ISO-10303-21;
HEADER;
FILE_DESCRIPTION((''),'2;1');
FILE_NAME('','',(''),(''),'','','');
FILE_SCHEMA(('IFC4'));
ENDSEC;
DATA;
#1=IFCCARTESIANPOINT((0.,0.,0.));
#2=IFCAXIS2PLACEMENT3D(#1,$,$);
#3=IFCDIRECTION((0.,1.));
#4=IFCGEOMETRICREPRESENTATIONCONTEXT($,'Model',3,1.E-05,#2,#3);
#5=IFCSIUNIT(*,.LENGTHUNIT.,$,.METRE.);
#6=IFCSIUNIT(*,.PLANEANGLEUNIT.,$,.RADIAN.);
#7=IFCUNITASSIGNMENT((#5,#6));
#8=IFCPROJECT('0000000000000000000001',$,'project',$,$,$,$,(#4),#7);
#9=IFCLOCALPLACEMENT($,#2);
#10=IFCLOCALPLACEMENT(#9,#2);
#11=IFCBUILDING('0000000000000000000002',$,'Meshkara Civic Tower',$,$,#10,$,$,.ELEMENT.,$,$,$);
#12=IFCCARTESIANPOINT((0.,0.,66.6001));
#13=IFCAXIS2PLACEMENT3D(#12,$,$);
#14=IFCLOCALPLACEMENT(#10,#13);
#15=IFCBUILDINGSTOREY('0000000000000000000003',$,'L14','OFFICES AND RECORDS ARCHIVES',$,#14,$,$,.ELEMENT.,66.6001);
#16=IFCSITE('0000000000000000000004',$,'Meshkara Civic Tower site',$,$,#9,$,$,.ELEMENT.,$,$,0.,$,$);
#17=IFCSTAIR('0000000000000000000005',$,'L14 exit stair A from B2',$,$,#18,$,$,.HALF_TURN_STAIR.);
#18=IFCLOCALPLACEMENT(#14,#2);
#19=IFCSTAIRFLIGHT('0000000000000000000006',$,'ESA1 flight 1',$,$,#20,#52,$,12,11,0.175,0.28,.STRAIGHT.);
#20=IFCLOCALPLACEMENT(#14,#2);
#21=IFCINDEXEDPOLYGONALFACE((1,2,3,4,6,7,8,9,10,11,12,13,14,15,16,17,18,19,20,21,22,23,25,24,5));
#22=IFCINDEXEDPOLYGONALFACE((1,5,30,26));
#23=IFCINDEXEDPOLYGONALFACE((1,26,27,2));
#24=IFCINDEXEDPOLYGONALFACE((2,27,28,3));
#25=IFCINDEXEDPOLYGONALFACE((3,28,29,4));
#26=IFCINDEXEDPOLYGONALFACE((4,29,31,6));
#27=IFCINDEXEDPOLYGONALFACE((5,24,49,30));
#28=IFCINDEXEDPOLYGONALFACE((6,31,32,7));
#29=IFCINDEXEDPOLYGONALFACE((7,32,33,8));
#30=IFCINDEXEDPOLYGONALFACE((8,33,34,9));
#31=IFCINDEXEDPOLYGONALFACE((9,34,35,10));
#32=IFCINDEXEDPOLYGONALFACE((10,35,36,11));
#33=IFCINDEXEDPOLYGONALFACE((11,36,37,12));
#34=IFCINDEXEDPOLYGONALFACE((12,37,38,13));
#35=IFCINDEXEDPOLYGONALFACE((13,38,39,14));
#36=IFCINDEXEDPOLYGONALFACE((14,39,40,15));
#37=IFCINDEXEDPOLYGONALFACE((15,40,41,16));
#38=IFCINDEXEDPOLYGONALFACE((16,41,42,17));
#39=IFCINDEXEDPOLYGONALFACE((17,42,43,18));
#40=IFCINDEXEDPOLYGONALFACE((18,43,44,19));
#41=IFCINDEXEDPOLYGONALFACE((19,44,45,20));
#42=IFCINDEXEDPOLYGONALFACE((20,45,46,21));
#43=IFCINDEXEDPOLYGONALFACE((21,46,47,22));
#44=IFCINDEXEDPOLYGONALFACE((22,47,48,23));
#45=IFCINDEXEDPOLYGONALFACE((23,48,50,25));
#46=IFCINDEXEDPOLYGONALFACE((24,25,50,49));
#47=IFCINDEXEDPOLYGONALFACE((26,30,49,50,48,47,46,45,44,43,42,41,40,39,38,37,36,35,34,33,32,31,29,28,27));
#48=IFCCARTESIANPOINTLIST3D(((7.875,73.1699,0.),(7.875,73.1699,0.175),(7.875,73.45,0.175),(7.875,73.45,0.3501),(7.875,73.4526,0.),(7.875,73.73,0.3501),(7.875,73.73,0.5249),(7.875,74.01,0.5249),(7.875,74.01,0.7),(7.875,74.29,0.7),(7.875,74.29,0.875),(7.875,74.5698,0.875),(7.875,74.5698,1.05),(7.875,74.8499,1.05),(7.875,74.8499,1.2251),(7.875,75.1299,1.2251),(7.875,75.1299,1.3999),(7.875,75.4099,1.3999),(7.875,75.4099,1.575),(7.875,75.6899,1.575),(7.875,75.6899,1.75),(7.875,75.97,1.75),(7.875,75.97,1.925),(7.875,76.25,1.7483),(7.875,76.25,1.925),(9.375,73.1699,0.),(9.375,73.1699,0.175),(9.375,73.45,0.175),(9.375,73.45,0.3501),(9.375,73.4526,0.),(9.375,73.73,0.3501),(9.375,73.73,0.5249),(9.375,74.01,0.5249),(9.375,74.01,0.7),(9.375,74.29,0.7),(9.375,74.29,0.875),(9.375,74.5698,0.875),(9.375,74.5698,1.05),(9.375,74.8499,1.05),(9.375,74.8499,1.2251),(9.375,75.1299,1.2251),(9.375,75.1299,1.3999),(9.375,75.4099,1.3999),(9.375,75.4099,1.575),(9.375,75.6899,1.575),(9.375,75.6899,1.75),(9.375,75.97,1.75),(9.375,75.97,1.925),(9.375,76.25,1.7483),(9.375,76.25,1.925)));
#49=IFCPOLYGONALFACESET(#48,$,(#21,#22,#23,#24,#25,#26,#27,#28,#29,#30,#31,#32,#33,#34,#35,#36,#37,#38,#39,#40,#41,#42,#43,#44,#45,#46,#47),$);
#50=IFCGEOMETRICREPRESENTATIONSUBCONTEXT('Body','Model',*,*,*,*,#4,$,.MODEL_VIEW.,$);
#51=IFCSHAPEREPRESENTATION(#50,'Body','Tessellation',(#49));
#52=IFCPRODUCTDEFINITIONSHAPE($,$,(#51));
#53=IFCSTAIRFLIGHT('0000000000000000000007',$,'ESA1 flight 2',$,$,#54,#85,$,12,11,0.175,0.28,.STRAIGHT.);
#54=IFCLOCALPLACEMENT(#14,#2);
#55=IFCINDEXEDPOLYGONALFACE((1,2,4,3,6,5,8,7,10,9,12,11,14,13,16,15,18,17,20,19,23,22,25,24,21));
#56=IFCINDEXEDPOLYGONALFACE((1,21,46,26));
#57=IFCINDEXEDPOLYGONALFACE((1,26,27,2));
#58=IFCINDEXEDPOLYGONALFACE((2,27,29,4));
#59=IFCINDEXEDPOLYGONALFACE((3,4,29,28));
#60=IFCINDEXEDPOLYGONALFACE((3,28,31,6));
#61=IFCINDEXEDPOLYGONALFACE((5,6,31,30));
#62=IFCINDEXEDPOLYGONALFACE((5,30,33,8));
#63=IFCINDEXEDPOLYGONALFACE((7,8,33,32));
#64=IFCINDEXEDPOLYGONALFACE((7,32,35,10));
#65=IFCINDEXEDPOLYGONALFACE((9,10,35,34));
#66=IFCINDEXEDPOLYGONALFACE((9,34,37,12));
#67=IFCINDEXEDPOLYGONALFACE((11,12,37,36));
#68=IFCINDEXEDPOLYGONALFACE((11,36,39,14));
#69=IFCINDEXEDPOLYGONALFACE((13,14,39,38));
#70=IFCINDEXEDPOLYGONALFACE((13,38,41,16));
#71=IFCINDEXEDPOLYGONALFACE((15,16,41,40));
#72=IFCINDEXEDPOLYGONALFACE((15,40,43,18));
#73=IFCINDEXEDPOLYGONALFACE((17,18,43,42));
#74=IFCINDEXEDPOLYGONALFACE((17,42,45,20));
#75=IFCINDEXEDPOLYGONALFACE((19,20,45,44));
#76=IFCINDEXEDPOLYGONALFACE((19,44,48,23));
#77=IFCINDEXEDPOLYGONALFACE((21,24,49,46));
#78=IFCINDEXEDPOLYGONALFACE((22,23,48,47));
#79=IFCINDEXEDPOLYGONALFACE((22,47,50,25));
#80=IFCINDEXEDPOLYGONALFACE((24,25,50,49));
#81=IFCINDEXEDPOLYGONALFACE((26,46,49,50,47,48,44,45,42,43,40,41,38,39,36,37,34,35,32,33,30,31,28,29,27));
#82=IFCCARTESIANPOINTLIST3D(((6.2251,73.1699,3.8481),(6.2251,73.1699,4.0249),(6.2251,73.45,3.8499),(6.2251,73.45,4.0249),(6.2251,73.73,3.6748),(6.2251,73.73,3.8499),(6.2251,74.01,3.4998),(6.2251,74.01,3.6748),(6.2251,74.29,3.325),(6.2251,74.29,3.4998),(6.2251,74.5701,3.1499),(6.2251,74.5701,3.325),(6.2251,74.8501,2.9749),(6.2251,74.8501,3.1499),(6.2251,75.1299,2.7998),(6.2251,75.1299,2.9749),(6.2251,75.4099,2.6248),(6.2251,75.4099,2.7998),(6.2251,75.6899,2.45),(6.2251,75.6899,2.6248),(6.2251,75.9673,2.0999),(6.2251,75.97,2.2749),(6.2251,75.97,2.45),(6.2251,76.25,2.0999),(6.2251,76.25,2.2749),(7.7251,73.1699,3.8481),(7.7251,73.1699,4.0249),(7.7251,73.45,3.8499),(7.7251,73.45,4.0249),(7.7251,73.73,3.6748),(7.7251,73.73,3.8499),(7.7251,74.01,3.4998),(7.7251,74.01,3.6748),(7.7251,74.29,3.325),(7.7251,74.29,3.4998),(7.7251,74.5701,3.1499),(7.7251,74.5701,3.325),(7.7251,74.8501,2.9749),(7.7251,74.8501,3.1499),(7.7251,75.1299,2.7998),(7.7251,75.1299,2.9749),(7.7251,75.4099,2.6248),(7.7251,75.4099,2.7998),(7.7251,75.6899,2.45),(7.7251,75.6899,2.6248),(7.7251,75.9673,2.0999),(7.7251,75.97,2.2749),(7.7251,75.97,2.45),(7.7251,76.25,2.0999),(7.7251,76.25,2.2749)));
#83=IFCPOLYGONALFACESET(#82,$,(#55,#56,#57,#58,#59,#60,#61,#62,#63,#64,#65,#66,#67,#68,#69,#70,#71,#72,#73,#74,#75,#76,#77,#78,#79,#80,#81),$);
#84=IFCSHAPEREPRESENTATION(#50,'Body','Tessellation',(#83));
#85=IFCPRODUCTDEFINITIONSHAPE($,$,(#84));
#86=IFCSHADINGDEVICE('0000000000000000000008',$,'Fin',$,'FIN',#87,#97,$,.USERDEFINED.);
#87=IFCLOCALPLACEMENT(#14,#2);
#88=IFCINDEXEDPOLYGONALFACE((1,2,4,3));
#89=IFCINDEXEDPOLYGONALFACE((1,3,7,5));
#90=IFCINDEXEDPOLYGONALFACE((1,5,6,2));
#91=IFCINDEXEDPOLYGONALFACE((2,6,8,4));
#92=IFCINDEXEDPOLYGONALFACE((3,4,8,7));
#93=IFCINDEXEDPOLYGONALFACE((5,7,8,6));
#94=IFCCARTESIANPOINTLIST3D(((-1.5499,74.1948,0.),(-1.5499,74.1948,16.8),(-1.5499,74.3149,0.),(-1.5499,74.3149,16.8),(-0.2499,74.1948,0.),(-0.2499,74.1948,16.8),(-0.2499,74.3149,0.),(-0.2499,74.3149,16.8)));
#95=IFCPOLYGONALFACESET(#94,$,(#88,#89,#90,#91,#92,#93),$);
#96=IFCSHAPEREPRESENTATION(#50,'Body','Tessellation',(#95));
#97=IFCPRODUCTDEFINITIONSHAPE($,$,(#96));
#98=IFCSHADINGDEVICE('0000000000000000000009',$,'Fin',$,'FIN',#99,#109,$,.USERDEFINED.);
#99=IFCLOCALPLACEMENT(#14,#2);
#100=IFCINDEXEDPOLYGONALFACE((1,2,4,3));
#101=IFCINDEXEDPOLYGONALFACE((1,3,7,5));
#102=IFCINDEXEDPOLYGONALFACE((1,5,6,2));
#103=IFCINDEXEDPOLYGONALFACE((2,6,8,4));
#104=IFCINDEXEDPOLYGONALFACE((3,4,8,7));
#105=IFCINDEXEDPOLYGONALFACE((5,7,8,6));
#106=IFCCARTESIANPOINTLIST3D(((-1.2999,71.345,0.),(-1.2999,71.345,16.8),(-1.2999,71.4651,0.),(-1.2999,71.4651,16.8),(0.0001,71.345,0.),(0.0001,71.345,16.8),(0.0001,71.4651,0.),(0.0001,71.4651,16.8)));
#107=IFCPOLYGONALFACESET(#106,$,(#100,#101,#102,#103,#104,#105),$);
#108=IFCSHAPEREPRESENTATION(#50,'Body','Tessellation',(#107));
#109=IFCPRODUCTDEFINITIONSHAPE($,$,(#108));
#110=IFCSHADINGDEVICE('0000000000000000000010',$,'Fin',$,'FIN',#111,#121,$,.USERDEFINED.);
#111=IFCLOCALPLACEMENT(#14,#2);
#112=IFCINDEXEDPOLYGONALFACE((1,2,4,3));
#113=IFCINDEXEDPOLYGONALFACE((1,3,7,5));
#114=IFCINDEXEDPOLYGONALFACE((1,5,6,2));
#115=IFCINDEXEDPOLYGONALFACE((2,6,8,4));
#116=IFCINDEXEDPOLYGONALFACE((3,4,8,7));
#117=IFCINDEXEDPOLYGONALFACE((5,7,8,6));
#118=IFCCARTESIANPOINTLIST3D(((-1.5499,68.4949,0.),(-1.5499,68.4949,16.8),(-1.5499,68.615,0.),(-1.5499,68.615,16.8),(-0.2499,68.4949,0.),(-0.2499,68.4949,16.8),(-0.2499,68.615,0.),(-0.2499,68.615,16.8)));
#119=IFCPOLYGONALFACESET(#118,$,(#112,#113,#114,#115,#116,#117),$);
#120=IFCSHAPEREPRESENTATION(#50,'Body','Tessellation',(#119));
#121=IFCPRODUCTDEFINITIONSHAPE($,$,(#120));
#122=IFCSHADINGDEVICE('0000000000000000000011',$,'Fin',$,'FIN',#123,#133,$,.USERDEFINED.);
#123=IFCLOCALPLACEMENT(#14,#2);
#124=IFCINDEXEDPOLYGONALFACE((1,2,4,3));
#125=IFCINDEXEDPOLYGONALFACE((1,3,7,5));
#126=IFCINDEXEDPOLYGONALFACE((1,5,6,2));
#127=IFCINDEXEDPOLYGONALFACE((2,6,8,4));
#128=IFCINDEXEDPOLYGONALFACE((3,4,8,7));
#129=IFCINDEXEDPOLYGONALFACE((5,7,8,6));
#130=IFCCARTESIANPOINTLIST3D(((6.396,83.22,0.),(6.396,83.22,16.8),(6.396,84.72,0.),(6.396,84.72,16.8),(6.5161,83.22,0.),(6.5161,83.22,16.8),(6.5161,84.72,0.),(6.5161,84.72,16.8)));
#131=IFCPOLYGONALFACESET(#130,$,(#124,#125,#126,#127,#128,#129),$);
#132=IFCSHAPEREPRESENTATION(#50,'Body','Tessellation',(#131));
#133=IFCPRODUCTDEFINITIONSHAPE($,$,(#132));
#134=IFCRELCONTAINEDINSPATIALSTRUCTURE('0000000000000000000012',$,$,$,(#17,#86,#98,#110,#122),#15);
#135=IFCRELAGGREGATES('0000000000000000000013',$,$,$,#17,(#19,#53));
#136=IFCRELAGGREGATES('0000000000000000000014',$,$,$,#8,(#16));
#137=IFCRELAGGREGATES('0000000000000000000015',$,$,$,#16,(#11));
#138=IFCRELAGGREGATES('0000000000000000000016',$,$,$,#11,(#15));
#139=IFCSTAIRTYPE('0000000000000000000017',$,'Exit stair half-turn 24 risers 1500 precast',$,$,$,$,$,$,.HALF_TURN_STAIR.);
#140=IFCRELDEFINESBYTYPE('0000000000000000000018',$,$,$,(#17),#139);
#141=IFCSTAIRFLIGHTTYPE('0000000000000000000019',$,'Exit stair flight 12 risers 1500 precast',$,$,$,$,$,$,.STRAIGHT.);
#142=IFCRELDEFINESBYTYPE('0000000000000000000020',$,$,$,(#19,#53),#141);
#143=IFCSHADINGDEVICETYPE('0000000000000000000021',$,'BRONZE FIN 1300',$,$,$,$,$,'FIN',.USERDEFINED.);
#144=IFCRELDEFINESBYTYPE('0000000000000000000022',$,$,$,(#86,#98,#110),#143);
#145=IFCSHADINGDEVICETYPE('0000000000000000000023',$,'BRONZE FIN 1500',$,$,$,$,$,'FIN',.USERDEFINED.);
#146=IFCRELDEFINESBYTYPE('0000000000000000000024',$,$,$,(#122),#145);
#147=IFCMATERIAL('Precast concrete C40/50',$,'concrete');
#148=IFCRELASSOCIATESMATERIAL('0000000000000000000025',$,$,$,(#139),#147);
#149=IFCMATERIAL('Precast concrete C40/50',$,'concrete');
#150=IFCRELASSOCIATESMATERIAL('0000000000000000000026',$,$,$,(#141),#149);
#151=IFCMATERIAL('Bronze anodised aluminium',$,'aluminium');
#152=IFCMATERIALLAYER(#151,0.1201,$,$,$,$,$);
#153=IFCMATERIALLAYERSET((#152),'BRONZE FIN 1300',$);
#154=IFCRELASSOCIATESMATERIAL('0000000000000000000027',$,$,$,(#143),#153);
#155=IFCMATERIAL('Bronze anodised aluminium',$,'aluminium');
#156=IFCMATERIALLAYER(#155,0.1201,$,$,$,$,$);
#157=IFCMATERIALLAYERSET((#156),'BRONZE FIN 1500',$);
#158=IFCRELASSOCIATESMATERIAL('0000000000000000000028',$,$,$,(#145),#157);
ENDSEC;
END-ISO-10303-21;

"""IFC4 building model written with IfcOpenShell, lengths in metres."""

from ifc_helpers import new_model, si_unit, direction, frame, origin, origin_2d, place, context, subcontext, project, spatial, polyline, rectangle, outline, extrude, material, layer, layer_set, type_object, element, aggregate, save


model = new_model("IFC4")

# Units and contexts
model_context = context("Model", 3, precision=1e-05, world=origin(), true_north=direction((0.0, 1.0)))
body_context = subcontext(model_context, "Body", "Model", "MODEL_VIEW")
ifc_project = project(units=[si_unit("LENGTHUNIT", "METRE"), si_unit("PLANEANGLEUNIT", "RADIAN")], contexts=[model_context])

# Site, building, storey
site_placement = place(None, origin())
site = spatial("IfcSite", under=ifc_project, at=site_placement, Name="Meshkara Civic Tower site", CompositionType="ELEMENT", RefElevation=0.0)
building_placement = place(site_placement, origin())
building = spatial("IfcBuilding", under=site, at=building_placement, Name="Meshkara Civic Tower", CompositionType="ELEMENT")
storey_placement = place(building_placement, frame((0.0, 0.0, 66.6001)))
storey = spatial("IfcBuildingStorey", under=building, at=storey_placement, Name="L14", Description="OFFICES AND RECORDS ARCHIVES", CompositionType="ELEMENT", Elevation=66.6001)

# Stair, stair flights
ifc_material_1 = material(Name="Precast concrete C40/50", Category="concrete")
stair_type = type_object("IfcStairType", Name="Exit stair half-turn 24 risers 1500 precast", PredefinedType="HALF_TURN_STAIR", material=ifc_material_1)
stair_placement = place(storey_placement, origin())
stair = element("IfcStair", 1, at=stair_placement, inside=storey, type_object=stair_type, Name="L14 exit stair A from B2", PredefinedType="HALF_TURN_STAIR")
ifc_material_2 = material(Name="Precast concrete C40/50", Category="concrete")
stair_flight_type = type_object("IfcStairFlightType", Name="Exit stair flight 12 risers 1500 precast", PredefinedType="STRAIGHT", material=ifc_material_2)
stair_flight_1_placement = place(storey_placement, frame((8.625, 73.1699, 0.0), z_axis=(0.0, 0.0, 1.0), x_axis=(0.0, 1.0, 0.0)))
stair_flight_1 = element("IfcStairFlight", 2, at=stair_flight_1_placement, type_object=stair_flight_type, Name="ESA1 flight 1", NumberOfRisers=12, NumberOfTreads=11, PredefinedType="STRAIGHT", RiserHeight=0.175, TreadLength=0.28, context=body_context, shape_type="SweptSolid", body=[
    extrude(outline(polyline([(0.0, 0.0), (0.0, 0.175), (0.28, 0.175), (0.28, 0.3501), (0.5601, 0.3501), (0.5601, 0.5249), (0.8401, 0.5249), (0.8401, 0.7), (1.1201, 0.7), (1.1201, 0.875), (1.3999, 0.875), (1.3999, 1.05), (1.6799, 1.05), (1.6799, 1.2251), (1.96, 1.2251), (1.96, 1.3999), (2.24, 1.3999), (2.24, 1.575), (2.52, 1.575), (2.52, 1.75), (2.8, 1.75), (2.8, 1.925), (3.0801, 1.925), (3.0801, 2.1001), (3.0801, 1.7483), (0.2827, 0.0), (0.0, 0.0)])), frame((0.0, 0.75, 0.0), z_axis=(0.0, -1.0, 0.0), x_axis=(1.0, 0.0, 0.0)), (0.0, 0.0, 1.0), 1.5),
])
stair_flight_2_placement = place(storey_placement, frame((6.9751, 76.25, 2.0999), z_axis=(0.0, 0.0, 1.0), x_axis=(0.0, -1.0, 0.0)))
stair_flight_2 = element("IfcStairFlight", 3, at=stair_flight_2_placement, type_object=stair_flight_type, Name="ESA1 flight 2", NumberOfRisers=12, NumberOfTreads=11, PredefinedType="STRAIGHT", RiserHeight=0.175, TreadLength=0.28, context=body_context, shape_type="SweptSolid", body=[
    extrude(outline(polyline([(0.0, 0.0), (0.0, 0.175), (0.28, 0.175), (0.28, 0.3501), (0.5601, 0.3501), (0.5601, 0.5249), (0.8401, 0.5249), (0.8401, 0.7), (1.1201, 0.7), (1.1201, 0.875), (1.3999, 0.875), (1.3999, 1.05), (1.6799, 1.05), (1.6799, 1.2251), (1.96, 1.2251), (1.96, 1.3999), (2.24, 1.3999), (2.24, 1.575), (2.52, 1.575), (2.52, 1.75), (2.8, 1.75), (2.8, 1.925), (3.0801, 1.925), (3.0801, 2.1001), (3.0801, 1.7483), (0.2827, 0.0), (0.0, 0.0)])), frame((0.0, 0.75, 0.0), z_axis=(0.0, -1.0, 0.0), x_axis=(1.0, 0.0, 0.0)), (0.0, 0.0, 1.0), 1.5),
])
aggregate(stair, [stair_flight_1, stair_flight_2])

# Shading devices
ifc_material_3 = material(Name="Bronze anodised aluminium", Category="aluminium")
ifc_layer_1 = layer(ifc_material_3, 0.1201)
ifc_layer_set_1 = layer_set([ifc_layer_1], Name="BRONZE FIN 1300")
shading_device_type_1 = type_object("IfcShadingDeviceType", Name="BRONZE FIN 1300", ElementType="FIN", PredefinedType="USERDEFINED", material=ifc_layer_set_1)
for number, where, z_axis, x_axis, name in (
    (4, (-0.8999, 74.2549, 0.0), (0.0, 0.0, 1.0), (0.0, -1.0, 0.0), "Fin"),
    (5, (-0.6499, 71.405, 0.0), (0.0, 0.0, 1.0), (0.0, -1.0, 0.0), "Fin"),
    (6, (-0.8999, 68.5549, 0.0), (0.0, 0.0, 1.0), (0.0, -1.0, 0.0), "Fin"),
):
    element("IfcShadingDevice", number, at=place(storey_placement, frame(where, z_axis=z_axis, x_axis=x_axis)), inside=storey, type_object=shading_device_type_1, Name=name, ObjectType="FIN", PredefinedType="USERDEFINED", context=body_context, shape_type="SweptSolid", body=[
        extrude(rectangle(XDim=0.1201, YDim=1.3, at=origin_2d()), origin(), (0.0, 0.0, 1.0), 16.8),
    ])
ifc_material_4 = material(Name="Bronze anodised aluminium", Category="aluminium")
ifc_layer_2 = layer(ifc_material_4, 0.1201)
ifc_layer_set_2 = layer_set([ifc_layer_2], Name="BRONZE FIN 1500")
shading_device_type_2 = type_object("IfcShadingDeviceType", Name="BRONZE FIN 1500", ElementType="FIN", PredefinedType="USERDEFINED", material=ifc_layer_set_2)
shading_device_placement = place(storey_placement, frame((6.4561, 83.97, 0.0), z_axis=(0.0, 0.0, 1.0), x_axis=(-1.0, 0.0, 0.0)))
element("IfcShadingDevice", 7, at=shading_device_placement, inside=storey, type_object=shading_device_type_2, Name="Fin", ObjectType="FIN", PredefinedType="USERDEFINED", context=body_context, shape_type="SweptSolid", body=[
    extrude(rectangle(XDim=0.1201, YDim=1.5, at=origin_2d()), origin(), (0.0, 0.0, 1.0), 16.8),
])

save(model, "model.ifc")
